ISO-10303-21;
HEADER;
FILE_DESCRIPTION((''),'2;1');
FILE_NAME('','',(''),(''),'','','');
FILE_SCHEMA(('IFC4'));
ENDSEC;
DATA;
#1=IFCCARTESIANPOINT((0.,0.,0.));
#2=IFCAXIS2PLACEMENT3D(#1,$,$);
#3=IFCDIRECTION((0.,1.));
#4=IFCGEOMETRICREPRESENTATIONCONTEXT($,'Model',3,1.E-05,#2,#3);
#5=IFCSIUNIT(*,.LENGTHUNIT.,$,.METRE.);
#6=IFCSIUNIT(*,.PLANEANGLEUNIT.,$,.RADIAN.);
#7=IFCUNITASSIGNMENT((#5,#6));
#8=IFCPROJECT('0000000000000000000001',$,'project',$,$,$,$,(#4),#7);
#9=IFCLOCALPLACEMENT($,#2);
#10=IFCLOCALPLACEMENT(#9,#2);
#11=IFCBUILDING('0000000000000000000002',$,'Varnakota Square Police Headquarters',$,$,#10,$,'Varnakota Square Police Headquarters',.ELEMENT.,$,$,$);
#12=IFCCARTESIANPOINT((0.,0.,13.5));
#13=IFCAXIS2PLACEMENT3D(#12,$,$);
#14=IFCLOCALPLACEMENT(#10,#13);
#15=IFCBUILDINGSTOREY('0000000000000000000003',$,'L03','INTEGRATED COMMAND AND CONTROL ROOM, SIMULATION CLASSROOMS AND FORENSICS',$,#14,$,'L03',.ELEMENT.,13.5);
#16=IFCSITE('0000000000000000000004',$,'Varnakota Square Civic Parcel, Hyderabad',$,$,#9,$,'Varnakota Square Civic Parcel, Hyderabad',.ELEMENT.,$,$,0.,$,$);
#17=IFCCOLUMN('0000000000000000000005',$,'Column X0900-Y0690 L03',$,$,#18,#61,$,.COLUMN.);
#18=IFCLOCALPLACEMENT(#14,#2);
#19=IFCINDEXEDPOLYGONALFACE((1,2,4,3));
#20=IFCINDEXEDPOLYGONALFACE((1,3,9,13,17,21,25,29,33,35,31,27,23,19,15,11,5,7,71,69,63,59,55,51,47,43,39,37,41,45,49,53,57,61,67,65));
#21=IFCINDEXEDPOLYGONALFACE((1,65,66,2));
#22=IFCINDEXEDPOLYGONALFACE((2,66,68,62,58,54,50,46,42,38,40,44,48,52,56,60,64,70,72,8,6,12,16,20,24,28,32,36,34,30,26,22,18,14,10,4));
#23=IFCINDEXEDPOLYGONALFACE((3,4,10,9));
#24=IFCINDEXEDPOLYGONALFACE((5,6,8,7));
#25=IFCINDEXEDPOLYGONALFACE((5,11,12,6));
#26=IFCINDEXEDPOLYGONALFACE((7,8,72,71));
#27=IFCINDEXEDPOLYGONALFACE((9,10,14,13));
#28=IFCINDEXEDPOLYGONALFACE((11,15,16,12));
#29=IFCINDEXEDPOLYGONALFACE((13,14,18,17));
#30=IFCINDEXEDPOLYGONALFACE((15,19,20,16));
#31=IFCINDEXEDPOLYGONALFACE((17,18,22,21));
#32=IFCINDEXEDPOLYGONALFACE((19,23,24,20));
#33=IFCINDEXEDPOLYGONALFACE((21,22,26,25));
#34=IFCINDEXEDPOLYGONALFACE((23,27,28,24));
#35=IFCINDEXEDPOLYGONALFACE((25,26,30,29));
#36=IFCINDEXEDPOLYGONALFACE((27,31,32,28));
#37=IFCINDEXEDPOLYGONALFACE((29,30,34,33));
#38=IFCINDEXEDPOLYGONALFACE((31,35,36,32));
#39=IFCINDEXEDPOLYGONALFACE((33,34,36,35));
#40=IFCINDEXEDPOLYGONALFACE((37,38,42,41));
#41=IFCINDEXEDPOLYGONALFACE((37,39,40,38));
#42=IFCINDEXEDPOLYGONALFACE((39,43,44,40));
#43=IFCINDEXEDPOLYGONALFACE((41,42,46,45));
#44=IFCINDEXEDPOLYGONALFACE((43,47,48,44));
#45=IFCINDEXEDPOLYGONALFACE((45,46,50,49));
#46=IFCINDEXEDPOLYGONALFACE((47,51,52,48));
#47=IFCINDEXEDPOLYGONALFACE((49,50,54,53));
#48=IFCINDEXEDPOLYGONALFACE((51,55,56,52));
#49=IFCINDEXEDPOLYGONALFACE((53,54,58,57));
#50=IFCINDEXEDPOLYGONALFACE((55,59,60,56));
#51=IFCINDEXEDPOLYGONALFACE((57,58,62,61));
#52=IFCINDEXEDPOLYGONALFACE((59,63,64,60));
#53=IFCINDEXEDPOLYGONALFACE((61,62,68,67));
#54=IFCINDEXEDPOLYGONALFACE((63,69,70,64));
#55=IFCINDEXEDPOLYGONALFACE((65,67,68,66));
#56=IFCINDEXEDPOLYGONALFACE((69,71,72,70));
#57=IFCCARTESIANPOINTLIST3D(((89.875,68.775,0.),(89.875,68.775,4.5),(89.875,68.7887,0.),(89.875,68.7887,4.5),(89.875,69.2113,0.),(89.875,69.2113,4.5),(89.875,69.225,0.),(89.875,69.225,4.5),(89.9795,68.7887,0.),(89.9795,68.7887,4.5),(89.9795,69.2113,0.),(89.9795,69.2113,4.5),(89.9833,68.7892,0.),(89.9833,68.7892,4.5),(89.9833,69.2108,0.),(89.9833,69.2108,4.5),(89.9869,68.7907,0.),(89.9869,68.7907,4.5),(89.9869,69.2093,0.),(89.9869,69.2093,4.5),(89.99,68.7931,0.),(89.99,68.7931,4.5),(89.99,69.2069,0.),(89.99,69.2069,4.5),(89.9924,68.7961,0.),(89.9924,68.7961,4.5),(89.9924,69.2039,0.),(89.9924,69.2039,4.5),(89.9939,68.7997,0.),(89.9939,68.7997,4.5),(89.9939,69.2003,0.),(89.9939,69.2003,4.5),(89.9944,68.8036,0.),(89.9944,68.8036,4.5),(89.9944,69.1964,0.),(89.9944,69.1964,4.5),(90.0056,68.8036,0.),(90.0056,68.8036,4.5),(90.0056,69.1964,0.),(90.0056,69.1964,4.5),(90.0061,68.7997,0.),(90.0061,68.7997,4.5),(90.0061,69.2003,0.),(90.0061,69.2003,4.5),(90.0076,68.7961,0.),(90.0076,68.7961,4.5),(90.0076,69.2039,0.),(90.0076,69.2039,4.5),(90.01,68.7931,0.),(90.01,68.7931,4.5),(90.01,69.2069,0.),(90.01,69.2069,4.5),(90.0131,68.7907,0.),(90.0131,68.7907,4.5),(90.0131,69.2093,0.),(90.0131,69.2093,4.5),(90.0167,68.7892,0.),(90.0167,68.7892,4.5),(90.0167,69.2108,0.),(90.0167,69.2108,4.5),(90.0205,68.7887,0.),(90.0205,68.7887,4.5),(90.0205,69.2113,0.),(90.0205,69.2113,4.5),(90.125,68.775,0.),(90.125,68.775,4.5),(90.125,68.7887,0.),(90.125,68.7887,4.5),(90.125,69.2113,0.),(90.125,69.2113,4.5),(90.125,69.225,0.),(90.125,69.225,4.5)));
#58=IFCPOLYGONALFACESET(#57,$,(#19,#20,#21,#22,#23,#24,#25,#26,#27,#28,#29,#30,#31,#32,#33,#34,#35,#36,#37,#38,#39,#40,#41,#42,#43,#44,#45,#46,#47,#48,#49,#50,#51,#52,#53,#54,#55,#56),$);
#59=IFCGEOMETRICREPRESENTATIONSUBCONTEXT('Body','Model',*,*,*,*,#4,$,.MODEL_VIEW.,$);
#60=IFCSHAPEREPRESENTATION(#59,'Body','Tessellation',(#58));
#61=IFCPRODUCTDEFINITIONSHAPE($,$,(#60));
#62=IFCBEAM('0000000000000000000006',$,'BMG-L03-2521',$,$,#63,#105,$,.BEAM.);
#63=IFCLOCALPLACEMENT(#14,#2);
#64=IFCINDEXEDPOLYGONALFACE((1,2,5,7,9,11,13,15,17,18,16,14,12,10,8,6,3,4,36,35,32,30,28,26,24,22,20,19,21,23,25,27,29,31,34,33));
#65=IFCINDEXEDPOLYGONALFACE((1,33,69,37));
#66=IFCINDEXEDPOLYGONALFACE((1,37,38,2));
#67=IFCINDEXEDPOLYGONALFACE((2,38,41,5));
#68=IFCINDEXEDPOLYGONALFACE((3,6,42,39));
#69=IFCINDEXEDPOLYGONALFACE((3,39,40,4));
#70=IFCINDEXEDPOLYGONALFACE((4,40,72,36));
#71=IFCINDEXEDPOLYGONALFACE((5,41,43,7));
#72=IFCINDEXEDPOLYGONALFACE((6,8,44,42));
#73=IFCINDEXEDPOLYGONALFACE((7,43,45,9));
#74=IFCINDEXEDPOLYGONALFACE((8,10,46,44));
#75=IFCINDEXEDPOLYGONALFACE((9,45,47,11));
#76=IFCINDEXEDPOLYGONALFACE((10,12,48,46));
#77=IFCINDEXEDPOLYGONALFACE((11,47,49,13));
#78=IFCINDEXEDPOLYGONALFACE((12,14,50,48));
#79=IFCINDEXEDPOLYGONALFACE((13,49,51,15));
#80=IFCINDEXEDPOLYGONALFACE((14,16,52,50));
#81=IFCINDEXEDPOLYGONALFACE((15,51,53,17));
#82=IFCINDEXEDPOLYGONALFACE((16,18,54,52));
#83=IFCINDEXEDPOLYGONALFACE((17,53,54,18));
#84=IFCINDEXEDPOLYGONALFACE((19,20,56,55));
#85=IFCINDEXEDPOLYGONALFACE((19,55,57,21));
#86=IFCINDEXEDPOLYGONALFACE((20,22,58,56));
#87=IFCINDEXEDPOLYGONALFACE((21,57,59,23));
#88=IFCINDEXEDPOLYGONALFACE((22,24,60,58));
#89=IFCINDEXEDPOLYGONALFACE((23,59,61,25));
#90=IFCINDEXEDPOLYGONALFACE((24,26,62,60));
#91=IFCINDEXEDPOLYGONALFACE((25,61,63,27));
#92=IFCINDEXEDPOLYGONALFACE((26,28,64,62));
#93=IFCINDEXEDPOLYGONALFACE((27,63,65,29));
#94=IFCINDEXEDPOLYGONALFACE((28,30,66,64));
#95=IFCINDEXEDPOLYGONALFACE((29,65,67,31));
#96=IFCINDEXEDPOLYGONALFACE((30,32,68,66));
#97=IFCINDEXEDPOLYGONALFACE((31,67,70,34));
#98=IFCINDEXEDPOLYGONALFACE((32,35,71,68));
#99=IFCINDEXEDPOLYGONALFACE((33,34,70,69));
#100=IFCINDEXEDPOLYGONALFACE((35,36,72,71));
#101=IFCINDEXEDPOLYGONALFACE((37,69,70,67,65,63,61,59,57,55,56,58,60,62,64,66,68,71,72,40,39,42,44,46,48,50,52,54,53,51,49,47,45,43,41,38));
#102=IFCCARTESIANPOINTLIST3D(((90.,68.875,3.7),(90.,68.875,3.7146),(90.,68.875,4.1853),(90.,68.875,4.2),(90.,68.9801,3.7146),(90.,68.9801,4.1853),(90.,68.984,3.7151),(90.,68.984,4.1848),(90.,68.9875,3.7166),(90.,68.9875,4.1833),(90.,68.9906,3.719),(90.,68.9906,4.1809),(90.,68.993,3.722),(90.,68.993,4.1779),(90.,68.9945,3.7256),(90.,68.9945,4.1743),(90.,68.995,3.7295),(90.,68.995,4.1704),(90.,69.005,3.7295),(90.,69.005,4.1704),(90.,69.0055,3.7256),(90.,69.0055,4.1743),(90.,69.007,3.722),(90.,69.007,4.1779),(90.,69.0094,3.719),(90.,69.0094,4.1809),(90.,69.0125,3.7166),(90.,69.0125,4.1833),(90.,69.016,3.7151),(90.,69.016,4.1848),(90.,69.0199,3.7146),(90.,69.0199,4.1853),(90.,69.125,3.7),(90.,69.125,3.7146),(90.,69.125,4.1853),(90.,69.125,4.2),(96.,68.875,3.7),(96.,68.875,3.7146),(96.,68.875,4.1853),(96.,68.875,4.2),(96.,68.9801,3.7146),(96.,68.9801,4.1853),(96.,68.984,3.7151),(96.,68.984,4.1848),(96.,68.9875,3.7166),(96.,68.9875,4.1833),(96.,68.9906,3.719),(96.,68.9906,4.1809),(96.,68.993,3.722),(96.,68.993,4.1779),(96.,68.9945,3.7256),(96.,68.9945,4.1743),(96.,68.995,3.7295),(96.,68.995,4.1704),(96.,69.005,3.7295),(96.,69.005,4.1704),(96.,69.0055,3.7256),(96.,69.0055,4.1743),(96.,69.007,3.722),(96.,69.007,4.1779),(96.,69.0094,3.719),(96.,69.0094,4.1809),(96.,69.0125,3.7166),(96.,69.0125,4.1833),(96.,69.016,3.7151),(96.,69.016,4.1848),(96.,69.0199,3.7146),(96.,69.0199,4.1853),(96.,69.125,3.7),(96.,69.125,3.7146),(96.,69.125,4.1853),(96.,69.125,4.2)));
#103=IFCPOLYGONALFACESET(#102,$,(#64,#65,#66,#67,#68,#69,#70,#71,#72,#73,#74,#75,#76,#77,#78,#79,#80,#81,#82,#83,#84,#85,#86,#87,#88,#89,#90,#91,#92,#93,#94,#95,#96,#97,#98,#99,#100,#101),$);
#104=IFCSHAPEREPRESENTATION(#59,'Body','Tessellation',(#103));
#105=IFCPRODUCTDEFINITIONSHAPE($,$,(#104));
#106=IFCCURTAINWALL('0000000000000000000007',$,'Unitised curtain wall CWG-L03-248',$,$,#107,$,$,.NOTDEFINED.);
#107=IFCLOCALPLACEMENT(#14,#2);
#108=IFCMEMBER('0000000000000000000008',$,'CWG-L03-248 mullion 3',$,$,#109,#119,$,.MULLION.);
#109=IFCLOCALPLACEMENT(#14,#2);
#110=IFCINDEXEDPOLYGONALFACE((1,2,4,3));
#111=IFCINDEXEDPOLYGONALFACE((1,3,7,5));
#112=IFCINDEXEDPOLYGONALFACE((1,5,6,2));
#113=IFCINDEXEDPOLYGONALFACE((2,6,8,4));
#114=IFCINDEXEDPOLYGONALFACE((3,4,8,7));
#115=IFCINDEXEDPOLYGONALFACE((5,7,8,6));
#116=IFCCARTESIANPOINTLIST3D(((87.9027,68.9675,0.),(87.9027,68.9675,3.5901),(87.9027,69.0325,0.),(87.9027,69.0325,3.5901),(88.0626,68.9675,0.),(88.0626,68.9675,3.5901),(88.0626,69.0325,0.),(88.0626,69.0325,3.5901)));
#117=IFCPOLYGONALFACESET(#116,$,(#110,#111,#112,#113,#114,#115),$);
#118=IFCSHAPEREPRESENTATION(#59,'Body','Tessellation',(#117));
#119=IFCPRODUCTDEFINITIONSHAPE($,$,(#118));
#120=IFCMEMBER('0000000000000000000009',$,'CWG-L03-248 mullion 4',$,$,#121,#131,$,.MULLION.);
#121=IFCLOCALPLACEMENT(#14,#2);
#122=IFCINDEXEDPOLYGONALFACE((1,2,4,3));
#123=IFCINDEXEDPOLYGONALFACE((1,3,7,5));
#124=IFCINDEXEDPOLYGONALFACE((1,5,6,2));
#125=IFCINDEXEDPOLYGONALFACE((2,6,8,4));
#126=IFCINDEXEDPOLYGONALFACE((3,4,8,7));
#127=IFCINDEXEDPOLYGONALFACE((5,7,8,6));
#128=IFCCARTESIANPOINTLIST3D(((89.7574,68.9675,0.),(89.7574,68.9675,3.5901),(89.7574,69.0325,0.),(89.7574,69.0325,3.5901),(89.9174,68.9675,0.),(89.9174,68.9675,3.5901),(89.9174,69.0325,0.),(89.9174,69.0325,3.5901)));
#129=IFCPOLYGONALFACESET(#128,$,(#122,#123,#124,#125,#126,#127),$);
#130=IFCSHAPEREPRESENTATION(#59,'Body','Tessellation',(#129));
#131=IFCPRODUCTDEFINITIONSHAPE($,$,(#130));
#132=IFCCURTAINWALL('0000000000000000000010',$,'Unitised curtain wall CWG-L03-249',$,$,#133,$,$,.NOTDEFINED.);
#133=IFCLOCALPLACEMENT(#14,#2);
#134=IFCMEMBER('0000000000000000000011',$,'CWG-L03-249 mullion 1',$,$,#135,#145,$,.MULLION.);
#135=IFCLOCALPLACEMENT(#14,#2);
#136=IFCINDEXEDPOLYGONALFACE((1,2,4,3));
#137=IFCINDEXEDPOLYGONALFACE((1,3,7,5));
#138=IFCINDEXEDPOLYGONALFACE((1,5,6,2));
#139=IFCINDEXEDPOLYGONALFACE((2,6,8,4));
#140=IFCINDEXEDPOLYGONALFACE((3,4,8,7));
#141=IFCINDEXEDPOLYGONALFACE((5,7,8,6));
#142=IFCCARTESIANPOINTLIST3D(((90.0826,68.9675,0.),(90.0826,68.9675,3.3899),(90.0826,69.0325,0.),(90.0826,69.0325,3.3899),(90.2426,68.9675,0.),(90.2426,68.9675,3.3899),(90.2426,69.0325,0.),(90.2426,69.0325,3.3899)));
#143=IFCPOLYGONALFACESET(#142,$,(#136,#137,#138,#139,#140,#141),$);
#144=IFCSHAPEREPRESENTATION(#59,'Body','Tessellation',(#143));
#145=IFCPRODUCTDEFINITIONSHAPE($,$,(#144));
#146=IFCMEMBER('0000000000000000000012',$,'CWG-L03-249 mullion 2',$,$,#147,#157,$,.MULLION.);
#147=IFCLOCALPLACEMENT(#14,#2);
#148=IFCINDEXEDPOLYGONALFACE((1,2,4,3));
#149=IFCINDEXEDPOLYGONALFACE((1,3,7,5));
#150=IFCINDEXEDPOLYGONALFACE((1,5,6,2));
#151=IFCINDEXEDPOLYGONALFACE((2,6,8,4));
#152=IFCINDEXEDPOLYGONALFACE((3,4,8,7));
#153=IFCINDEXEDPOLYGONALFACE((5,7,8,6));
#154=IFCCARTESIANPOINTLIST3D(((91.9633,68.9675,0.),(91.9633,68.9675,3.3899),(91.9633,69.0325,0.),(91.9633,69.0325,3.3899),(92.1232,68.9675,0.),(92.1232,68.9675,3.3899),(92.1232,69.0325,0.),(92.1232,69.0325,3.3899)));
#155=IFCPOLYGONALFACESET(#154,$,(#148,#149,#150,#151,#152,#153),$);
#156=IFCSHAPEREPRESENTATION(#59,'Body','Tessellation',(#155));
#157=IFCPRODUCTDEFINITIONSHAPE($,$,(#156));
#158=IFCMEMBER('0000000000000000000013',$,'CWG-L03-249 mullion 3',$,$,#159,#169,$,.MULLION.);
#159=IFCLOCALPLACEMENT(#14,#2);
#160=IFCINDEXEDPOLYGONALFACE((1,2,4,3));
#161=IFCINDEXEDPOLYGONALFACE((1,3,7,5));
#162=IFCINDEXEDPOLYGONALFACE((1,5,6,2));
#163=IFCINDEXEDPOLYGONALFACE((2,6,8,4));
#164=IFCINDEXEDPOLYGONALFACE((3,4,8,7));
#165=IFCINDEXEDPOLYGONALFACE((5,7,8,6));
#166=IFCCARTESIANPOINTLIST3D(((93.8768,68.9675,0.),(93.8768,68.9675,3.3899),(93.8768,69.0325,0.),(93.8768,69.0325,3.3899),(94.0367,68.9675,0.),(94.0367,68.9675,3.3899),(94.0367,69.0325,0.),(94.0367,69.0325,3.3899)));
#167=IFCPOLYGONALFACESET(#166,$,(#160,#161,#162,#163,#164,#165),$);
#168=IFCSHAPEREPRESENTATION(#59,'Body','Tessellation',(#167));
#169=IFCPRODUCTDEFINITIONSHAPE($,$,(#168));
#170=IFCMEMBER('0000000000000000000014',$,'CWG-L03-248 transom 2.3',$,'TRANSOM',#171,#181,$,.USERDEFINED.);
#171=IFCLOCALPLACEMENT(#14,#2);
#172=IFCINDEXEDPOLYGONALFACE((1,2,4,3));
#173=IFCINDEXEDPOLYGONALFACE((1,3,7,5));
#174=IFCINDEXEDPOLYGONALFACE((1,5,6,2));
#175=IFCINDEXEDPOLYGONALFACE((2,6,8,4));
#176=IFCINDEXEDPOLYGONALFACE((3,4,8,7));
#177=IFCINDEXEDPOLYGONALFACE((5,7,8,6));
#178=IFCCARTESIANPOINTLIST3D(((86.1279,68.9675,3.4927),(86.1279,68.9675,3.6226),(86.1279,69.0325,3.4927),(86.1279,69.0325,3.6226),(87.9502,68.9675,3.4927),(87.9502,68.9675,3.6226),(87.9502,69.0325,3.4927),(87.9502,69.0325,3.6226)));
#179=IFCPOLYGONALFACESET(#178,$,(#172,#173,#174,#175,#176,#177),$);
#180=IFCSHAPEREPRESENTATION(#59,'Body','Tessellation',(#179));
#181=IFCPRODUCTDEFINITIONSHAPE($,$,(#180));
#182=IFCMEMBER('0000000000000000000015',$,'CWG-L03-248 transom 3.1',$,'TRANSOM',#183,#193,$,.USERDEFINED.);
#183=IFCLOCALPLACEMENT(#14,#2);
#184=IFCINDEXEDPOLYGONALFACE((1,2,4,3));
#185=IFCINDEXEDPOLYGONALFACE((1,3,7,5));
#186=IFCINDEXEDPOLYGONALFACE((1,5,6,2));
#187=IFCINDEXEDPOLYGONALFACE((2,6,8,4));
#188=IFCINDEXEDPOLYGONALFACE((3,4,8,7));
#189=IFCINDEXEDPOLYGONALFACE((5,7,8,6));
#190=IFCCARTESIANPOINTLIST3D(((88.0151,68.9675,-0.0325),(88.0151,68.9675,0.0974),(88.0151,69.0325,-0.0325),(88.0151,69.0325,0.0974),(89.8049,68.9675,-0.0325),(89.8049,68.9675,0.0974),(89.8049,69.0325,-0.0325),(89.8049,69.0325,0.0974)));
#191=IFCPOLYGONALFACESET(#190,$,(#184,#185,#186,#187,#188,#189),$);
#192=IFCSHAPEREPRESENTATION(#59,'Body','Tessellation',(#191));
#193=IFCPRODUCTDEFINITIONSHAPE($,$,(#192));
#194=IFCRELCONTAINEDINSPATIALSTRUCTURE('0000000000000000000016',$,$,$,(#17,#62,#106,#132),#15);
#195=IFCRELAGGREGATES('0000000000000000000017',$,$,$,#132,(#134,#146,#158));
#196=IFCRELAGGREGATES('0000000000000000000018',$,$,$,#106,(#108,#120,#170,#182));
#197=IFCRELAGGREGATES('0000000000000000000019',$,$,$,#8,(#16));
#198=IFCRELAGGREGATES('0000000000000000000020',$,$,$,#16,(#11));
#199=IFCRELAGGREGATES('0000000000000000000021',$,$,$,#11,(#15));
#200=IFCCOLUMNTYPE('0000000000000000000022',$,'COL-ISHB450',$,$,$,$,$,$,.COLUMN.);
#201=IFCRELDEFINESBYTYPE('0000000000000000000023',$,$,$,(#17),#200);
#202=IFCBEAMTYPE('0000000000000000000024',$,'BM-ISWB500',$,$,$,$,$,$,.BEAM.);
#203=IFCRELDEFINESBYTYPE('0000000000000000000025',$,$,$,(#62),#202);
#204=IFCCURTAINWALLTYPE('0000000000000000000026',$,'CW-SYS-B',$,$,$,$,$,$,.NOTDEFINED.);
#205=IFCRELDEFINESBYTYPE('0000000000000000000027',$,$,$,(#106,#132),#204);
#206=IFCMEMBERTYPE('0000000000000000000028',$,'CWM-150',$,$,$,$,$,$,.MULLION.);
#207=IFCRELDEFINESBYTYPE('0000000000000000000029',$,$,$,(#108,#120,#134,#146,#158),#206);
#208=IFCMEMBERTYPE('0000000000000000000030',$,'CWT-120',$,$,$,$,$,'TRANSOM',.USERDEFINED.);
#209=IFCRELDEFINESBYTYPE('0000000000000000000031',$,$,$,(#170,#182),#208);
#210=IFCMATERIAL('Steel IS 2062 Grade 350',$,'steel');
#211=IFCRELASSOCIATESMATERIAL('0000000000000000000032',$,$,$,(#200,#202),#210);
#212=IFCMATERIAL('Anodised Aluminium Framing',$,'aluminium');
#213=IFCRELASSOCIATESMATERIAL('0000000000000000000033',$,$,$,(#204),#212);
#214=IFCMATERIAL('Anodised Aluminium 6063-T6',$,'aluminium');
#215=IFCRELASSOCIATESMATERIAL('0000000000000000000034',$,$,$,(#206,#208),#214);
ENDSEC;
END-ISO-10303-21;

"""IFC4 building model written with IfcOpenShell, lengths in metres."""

from ifc_helpers import new_model, si_unit, direction, frame, origin, origin_2d, place, context, subcontext, project, spatial, rectangle, i_section, extrude, material, material_profile, profile_set, type_object, element, aggregate, save


model = new_model("IFC4")

# Units and contexts
model_context = context("Model", 3, precision=1e-05, world=origin(), true_north=direction((0.0, 1.0)))
body_context = subcontext(model_context, "Body", "Model", "MODEL_VIEW")
ifc_project = project(units=[si_unit("LENGTHUNIT", "METRE"), si_unit("PLANEANGLEUNIT", "RADIAN")], contexts=[model_context])

# Site, building, storey
site_placement = place(None, origin())
site = spatial("IfcSite", under=ifc_project, at=site_placement, Name="Varnakota Square Civic Parcel, Hyderabad", LongName="Varnakota Square Civic Parcel, Hyderabad", CompositionType="ELEMENT", RefElevation=0.0)
building_placement = place(site_placement, origin())
building = spatial("IfcBuilding", under=site, at=building_placement, Name="Varnakota Square Police Headquarters", LongName="Varnakota Square Police Headquarters", CompositionType="ELEMENT")
storey_placement = place(building_placement, frame((0.0, 0.0, 13.5)))
storey = spatial("IfcBuildingStorey", under=building, at=storey_placement, Name="L03", Description="INTEGRATED COMMAND AND CONTROL ROOM, SIMULATION CLASSROOMS AND FORENSICS", LongName="L03", CompositionType="ELEMENT", Elevation=13.5)

# Column
ifc_material_1 = material(Name="Steel IS 2062 Grade 350", Category="steel")
ifc_material_profile_1 = material_profile(ifc_material_1, i_section(OverallWidth=0.25, OverallDepth=0.45, WebThickness=0.0112, FlangeThickness=0.0137, FilletRadius=0.0149, at=origin_2d()), Name="ISHB 450")
ifc_profile_set_1 = profile_set([ifc_material_profile_1], Name="Steel IS 2062 Grade 350")
column_type = type_object("IfcColumnType", Name="COL-ISHB450", PredefinedType="COLUMN", material=ifc_profile_set_1)
column_placement = place(storey_placement, frame((90.0, 69.0, 0.0), z_axis=(0.0, 0.0, 1.0), x_axis=(1.0, 0.0, 0.0)))
element("IfcColumn", 1, at=column_placement, inside=storey, type_object=column_type, Name="Column X0900-Y0690 L03", PredefinedType="COLUMN", context=body_context, shape_type="SweptSolid", body=[
    extrude(i_section(OverallWidth=0.25, OverallDepth=0.45, WebThickness=0.0112, FlangeThickness=0.0137, FilletRadius=0.0149, at=origin_2d()), origin(), (0.0, 0.0, 1.0), 4.5),
])

# Beam
ifc_material_profile_2 = material_profile(ifc_material_1, i_section(OverallWidth=0.25, OverallDepth=0.5, WebThickness=0.01, FlangeThickness=0.0146, FilletRadius=0.0149, at=origin_2d()), Name="ISWB 500")
ifc_profile_set_2 = profile_set([ifc_material_profile_2], Name="Steel IS 2062 Grade 350")
beam_type = type_object("IfcBeamType", Name="BM-ISWB500", PredefinedType="BEAM", material=ifc_profile_set_2)
beam_placement = place(storey_placement, frame((90.0, 69.0, 3.95), z_axis=(1.0, 0.0, 0.0), x_axis=(0.0, 1.0, 0.0)))
element("IfcBeam", 2, at=beam_placement, inside=storey, type_object=beam_type, Name="BMG-L03-2521", PredefinedType="BEAM", context=body_context, shape_type="SweptSolid", body=[
    extrude(i_section(OverallWidth=0.25, OverallDepth=0.5, WebThickness=0.01, FlangeThickness=0.0146, FilletRadius=0.0149, at=origin_2d()), origin(), (0.0, 0.0, 1.0), 6.0),
])

# Curtain walls, members
ifc_material_2 = material(Name="Anodised Aluminium Framing", Category="aluminium")
curtain_wall_type = type_object("IfcCurtainWallType", Name="CW-SYS-B", PredefinedType="NOTDEFINED", material=ifc_material_2)
curtain_wall_1_placement = place(storey_placement, origin())
curtain_wall_1 = element("IfcCurtainWall", 3, at=curtain_wall_1_placement, inside=storey, type_object=curtain_wall_type, Name="Unitised curtain wall CWG-L03-248", PredefinedType="NOTDEFINED")
ifc_material_3 = material(Name="Anodised Aluminium 6063-T6", Category="aluminium")
ifc_material_profile_3 = material_profile(ifc_material_3, rectangle(XDim=0.0649, YDim=0.1599, at=origin_2d()), Name="ALU MULLION 65x160")
ifc_profile_set_3 = profile_set([ifc_material_profile_3], Name="Anodised Aluminium 6063-T6")
member_type_1 = type_object("IfcMemberType", Name="CWM-150", PredefinedType="MULLION", material=ifc_profile_set_3)
member_1_placement = place(storey_placement, frame((87.9827, 69.0, 0.0), z_axis=(0.0, 0.0, 1.0), x_axis=(0.0, 1.0, 0.0)))
member_1 = element("IfcMember", 4, at=member_1_placement, type_object=member_type_1, Name="CWG-L03-248 mullion 3", PredefinedType="MULLION", context=body_context, shape_type="SweptSolid", body=[
    extrude(rectangle(XDim=0.0649, YDim=0.1599, at=origin_2d()), origin(), (0.0, 0.0, 1.0), 3.5901),
])
member_2_placement = place(storey_placement, frame((89.8374, 69.0, 0.0), z_axis=(0.0, 0.0, 1.0), x_axis=(0.0, 1.0, 0.0)))
member_2 = element("IfcMember", 5, at=member_2_placement, type_object=member_type_1, Name="CWG-L03-248 mullion 4", PredefinedType="MULLION", context=body_context, shape_type="SweptSolid", body=[
    extrude(rectangle(XDim=0.0649, YDim=0.1599, at=origin_2d()), origin(), (0.0, 0.0, 1.0), 3.5901),
])
curtain_wall_2_placement = place(storey_placement, origin())
curtain_wall_2 = element("IfcCurtainWall", 6, at=curtain_wall_2_placement, inside=storey, type_object=curtain_wall_type, Name="Unitised curtain wall CWG-L03-249", PredefinedType="NOTDEFINED")
member_3_placement = place(storey_placement, frame((90.1626, 69.0, 0.0), z_axis=(0.0, 0.0, 1.0), x_axis=(0.0, 1.0, 0.0)))
member_3 = element("IfcMember", 7, at=member_3_placement, type_object=member_type_1, Name="CWG-L03-249 mullion 1", PredefinedType="MULLION", context=body_context, shape_type="SweptSolid", body=[
    extrude(rectangle(XDim=0.0649, YDim=0.1599, at=origin_2d()), origin(), (0.0, 0.0, 1.0), 3.3899),
])
member_4_placement = place(storey_placement, frame((92.0432, 69.0, 0.0), z_axis=(0.0, 0.0, 1.0), x_axis=(0.0, 1.0, 0.0)))
member_4 = element("IfcMember", 8, at=member_4_placement, type_object=member_type_1, Name="CWG-L03-249 mullion 2", PredefinedType="MULLION", context=body_context, shape_type="SweptSolid", body=[
    extrude(rectangle(XDim=0.0649, YDim=0.1599, at=origin_2d()), origin(), (0.0, 0.0, 1.0), 3.3899),
])
member_5_placement = place(storey_placement, frame((93.9568, 69.0, 0.0), z_axis=(0.0, 0.0, 1.0), x_axis=(0.0, 1.0, 0.0)))
member_5 = element("IfcMember", 9, at=member_5_placement, type_object=member_type_1, Name="CWG-L03-249 mullion 3", PredefinedType="MULLION", context=body_context, shape_type="SweptSolid", body=[
    extrude(rectangle(XDim=0.0649, YDim=0.1599, at=origin_2d()), origin(), (0.0, 0.0, 1.0), 3.3899),
])

# Members
ifc_material_profile_4 = material_profile(ifc_material_3, rectangle(XDim=0.0649, YDim=0.1299, at=origin_2d()), Name="ALU TRANSOM 65x130")
ifc_profile_set_4 = profile_set([ifc_material_profile_4], Name="Anodised Aluminium 6063-T6")
member_type_2 = type_object("IfcMemberType", Name="CWT-120", ElementType="TRANSOM", PredefinedType="USERDEFINED", material=ifc_profile_set_4)
member_6_placement = place(storey_placement, frame((86.1279, 69.0, 3.5576), z_axis=(1.0, 0.0, 0.0), x_axis=(0.0, 1.0, 0.0)))
member_6 = element("IfcMember", 10, at=member_6_placement, type_object=member_type_2, Name="CWG-L03-248 transom 2.3", ObjectType="TRANSOM", PredefinedType="USERDEFINED", context=body_context, shape_type="SweptSolid", body=[
    extrude(rectangle(XDim=0.0649, YDim=0.1299, at=origin_2d()), origin(), (0.0, 0.0, 1.0), 1.8223),
])
member_7_placement = place(storey_placement, frame((88.0151, 69.0, 0.0325), z_axis=(1.0, 0.0, 0.0), x_axis=(0.0, 1.0, 0.0)))
member_7 = element("IfcMember", 11, at=member_7_placement, type_object=member_type_2, Name="CWG-L03-248 transom 3.1", ObjectType="TRANSOM", PredefinedType="USERDEFINED", context=body_context, shape_type="SweptSolid", body=[
    extrude(rectangle(XDim=0.0649, YDim=0.1299, at=origin_2d()), origin(), (0.0, 0.0, 1.0), 1.7898),
])

aggregate(curtain_wall_2, [member_3, member_4, member_5])
aggregate(curtain_wall_1, [member_1, member_2, member_6, member_7])

save(model, "model.ifc")
